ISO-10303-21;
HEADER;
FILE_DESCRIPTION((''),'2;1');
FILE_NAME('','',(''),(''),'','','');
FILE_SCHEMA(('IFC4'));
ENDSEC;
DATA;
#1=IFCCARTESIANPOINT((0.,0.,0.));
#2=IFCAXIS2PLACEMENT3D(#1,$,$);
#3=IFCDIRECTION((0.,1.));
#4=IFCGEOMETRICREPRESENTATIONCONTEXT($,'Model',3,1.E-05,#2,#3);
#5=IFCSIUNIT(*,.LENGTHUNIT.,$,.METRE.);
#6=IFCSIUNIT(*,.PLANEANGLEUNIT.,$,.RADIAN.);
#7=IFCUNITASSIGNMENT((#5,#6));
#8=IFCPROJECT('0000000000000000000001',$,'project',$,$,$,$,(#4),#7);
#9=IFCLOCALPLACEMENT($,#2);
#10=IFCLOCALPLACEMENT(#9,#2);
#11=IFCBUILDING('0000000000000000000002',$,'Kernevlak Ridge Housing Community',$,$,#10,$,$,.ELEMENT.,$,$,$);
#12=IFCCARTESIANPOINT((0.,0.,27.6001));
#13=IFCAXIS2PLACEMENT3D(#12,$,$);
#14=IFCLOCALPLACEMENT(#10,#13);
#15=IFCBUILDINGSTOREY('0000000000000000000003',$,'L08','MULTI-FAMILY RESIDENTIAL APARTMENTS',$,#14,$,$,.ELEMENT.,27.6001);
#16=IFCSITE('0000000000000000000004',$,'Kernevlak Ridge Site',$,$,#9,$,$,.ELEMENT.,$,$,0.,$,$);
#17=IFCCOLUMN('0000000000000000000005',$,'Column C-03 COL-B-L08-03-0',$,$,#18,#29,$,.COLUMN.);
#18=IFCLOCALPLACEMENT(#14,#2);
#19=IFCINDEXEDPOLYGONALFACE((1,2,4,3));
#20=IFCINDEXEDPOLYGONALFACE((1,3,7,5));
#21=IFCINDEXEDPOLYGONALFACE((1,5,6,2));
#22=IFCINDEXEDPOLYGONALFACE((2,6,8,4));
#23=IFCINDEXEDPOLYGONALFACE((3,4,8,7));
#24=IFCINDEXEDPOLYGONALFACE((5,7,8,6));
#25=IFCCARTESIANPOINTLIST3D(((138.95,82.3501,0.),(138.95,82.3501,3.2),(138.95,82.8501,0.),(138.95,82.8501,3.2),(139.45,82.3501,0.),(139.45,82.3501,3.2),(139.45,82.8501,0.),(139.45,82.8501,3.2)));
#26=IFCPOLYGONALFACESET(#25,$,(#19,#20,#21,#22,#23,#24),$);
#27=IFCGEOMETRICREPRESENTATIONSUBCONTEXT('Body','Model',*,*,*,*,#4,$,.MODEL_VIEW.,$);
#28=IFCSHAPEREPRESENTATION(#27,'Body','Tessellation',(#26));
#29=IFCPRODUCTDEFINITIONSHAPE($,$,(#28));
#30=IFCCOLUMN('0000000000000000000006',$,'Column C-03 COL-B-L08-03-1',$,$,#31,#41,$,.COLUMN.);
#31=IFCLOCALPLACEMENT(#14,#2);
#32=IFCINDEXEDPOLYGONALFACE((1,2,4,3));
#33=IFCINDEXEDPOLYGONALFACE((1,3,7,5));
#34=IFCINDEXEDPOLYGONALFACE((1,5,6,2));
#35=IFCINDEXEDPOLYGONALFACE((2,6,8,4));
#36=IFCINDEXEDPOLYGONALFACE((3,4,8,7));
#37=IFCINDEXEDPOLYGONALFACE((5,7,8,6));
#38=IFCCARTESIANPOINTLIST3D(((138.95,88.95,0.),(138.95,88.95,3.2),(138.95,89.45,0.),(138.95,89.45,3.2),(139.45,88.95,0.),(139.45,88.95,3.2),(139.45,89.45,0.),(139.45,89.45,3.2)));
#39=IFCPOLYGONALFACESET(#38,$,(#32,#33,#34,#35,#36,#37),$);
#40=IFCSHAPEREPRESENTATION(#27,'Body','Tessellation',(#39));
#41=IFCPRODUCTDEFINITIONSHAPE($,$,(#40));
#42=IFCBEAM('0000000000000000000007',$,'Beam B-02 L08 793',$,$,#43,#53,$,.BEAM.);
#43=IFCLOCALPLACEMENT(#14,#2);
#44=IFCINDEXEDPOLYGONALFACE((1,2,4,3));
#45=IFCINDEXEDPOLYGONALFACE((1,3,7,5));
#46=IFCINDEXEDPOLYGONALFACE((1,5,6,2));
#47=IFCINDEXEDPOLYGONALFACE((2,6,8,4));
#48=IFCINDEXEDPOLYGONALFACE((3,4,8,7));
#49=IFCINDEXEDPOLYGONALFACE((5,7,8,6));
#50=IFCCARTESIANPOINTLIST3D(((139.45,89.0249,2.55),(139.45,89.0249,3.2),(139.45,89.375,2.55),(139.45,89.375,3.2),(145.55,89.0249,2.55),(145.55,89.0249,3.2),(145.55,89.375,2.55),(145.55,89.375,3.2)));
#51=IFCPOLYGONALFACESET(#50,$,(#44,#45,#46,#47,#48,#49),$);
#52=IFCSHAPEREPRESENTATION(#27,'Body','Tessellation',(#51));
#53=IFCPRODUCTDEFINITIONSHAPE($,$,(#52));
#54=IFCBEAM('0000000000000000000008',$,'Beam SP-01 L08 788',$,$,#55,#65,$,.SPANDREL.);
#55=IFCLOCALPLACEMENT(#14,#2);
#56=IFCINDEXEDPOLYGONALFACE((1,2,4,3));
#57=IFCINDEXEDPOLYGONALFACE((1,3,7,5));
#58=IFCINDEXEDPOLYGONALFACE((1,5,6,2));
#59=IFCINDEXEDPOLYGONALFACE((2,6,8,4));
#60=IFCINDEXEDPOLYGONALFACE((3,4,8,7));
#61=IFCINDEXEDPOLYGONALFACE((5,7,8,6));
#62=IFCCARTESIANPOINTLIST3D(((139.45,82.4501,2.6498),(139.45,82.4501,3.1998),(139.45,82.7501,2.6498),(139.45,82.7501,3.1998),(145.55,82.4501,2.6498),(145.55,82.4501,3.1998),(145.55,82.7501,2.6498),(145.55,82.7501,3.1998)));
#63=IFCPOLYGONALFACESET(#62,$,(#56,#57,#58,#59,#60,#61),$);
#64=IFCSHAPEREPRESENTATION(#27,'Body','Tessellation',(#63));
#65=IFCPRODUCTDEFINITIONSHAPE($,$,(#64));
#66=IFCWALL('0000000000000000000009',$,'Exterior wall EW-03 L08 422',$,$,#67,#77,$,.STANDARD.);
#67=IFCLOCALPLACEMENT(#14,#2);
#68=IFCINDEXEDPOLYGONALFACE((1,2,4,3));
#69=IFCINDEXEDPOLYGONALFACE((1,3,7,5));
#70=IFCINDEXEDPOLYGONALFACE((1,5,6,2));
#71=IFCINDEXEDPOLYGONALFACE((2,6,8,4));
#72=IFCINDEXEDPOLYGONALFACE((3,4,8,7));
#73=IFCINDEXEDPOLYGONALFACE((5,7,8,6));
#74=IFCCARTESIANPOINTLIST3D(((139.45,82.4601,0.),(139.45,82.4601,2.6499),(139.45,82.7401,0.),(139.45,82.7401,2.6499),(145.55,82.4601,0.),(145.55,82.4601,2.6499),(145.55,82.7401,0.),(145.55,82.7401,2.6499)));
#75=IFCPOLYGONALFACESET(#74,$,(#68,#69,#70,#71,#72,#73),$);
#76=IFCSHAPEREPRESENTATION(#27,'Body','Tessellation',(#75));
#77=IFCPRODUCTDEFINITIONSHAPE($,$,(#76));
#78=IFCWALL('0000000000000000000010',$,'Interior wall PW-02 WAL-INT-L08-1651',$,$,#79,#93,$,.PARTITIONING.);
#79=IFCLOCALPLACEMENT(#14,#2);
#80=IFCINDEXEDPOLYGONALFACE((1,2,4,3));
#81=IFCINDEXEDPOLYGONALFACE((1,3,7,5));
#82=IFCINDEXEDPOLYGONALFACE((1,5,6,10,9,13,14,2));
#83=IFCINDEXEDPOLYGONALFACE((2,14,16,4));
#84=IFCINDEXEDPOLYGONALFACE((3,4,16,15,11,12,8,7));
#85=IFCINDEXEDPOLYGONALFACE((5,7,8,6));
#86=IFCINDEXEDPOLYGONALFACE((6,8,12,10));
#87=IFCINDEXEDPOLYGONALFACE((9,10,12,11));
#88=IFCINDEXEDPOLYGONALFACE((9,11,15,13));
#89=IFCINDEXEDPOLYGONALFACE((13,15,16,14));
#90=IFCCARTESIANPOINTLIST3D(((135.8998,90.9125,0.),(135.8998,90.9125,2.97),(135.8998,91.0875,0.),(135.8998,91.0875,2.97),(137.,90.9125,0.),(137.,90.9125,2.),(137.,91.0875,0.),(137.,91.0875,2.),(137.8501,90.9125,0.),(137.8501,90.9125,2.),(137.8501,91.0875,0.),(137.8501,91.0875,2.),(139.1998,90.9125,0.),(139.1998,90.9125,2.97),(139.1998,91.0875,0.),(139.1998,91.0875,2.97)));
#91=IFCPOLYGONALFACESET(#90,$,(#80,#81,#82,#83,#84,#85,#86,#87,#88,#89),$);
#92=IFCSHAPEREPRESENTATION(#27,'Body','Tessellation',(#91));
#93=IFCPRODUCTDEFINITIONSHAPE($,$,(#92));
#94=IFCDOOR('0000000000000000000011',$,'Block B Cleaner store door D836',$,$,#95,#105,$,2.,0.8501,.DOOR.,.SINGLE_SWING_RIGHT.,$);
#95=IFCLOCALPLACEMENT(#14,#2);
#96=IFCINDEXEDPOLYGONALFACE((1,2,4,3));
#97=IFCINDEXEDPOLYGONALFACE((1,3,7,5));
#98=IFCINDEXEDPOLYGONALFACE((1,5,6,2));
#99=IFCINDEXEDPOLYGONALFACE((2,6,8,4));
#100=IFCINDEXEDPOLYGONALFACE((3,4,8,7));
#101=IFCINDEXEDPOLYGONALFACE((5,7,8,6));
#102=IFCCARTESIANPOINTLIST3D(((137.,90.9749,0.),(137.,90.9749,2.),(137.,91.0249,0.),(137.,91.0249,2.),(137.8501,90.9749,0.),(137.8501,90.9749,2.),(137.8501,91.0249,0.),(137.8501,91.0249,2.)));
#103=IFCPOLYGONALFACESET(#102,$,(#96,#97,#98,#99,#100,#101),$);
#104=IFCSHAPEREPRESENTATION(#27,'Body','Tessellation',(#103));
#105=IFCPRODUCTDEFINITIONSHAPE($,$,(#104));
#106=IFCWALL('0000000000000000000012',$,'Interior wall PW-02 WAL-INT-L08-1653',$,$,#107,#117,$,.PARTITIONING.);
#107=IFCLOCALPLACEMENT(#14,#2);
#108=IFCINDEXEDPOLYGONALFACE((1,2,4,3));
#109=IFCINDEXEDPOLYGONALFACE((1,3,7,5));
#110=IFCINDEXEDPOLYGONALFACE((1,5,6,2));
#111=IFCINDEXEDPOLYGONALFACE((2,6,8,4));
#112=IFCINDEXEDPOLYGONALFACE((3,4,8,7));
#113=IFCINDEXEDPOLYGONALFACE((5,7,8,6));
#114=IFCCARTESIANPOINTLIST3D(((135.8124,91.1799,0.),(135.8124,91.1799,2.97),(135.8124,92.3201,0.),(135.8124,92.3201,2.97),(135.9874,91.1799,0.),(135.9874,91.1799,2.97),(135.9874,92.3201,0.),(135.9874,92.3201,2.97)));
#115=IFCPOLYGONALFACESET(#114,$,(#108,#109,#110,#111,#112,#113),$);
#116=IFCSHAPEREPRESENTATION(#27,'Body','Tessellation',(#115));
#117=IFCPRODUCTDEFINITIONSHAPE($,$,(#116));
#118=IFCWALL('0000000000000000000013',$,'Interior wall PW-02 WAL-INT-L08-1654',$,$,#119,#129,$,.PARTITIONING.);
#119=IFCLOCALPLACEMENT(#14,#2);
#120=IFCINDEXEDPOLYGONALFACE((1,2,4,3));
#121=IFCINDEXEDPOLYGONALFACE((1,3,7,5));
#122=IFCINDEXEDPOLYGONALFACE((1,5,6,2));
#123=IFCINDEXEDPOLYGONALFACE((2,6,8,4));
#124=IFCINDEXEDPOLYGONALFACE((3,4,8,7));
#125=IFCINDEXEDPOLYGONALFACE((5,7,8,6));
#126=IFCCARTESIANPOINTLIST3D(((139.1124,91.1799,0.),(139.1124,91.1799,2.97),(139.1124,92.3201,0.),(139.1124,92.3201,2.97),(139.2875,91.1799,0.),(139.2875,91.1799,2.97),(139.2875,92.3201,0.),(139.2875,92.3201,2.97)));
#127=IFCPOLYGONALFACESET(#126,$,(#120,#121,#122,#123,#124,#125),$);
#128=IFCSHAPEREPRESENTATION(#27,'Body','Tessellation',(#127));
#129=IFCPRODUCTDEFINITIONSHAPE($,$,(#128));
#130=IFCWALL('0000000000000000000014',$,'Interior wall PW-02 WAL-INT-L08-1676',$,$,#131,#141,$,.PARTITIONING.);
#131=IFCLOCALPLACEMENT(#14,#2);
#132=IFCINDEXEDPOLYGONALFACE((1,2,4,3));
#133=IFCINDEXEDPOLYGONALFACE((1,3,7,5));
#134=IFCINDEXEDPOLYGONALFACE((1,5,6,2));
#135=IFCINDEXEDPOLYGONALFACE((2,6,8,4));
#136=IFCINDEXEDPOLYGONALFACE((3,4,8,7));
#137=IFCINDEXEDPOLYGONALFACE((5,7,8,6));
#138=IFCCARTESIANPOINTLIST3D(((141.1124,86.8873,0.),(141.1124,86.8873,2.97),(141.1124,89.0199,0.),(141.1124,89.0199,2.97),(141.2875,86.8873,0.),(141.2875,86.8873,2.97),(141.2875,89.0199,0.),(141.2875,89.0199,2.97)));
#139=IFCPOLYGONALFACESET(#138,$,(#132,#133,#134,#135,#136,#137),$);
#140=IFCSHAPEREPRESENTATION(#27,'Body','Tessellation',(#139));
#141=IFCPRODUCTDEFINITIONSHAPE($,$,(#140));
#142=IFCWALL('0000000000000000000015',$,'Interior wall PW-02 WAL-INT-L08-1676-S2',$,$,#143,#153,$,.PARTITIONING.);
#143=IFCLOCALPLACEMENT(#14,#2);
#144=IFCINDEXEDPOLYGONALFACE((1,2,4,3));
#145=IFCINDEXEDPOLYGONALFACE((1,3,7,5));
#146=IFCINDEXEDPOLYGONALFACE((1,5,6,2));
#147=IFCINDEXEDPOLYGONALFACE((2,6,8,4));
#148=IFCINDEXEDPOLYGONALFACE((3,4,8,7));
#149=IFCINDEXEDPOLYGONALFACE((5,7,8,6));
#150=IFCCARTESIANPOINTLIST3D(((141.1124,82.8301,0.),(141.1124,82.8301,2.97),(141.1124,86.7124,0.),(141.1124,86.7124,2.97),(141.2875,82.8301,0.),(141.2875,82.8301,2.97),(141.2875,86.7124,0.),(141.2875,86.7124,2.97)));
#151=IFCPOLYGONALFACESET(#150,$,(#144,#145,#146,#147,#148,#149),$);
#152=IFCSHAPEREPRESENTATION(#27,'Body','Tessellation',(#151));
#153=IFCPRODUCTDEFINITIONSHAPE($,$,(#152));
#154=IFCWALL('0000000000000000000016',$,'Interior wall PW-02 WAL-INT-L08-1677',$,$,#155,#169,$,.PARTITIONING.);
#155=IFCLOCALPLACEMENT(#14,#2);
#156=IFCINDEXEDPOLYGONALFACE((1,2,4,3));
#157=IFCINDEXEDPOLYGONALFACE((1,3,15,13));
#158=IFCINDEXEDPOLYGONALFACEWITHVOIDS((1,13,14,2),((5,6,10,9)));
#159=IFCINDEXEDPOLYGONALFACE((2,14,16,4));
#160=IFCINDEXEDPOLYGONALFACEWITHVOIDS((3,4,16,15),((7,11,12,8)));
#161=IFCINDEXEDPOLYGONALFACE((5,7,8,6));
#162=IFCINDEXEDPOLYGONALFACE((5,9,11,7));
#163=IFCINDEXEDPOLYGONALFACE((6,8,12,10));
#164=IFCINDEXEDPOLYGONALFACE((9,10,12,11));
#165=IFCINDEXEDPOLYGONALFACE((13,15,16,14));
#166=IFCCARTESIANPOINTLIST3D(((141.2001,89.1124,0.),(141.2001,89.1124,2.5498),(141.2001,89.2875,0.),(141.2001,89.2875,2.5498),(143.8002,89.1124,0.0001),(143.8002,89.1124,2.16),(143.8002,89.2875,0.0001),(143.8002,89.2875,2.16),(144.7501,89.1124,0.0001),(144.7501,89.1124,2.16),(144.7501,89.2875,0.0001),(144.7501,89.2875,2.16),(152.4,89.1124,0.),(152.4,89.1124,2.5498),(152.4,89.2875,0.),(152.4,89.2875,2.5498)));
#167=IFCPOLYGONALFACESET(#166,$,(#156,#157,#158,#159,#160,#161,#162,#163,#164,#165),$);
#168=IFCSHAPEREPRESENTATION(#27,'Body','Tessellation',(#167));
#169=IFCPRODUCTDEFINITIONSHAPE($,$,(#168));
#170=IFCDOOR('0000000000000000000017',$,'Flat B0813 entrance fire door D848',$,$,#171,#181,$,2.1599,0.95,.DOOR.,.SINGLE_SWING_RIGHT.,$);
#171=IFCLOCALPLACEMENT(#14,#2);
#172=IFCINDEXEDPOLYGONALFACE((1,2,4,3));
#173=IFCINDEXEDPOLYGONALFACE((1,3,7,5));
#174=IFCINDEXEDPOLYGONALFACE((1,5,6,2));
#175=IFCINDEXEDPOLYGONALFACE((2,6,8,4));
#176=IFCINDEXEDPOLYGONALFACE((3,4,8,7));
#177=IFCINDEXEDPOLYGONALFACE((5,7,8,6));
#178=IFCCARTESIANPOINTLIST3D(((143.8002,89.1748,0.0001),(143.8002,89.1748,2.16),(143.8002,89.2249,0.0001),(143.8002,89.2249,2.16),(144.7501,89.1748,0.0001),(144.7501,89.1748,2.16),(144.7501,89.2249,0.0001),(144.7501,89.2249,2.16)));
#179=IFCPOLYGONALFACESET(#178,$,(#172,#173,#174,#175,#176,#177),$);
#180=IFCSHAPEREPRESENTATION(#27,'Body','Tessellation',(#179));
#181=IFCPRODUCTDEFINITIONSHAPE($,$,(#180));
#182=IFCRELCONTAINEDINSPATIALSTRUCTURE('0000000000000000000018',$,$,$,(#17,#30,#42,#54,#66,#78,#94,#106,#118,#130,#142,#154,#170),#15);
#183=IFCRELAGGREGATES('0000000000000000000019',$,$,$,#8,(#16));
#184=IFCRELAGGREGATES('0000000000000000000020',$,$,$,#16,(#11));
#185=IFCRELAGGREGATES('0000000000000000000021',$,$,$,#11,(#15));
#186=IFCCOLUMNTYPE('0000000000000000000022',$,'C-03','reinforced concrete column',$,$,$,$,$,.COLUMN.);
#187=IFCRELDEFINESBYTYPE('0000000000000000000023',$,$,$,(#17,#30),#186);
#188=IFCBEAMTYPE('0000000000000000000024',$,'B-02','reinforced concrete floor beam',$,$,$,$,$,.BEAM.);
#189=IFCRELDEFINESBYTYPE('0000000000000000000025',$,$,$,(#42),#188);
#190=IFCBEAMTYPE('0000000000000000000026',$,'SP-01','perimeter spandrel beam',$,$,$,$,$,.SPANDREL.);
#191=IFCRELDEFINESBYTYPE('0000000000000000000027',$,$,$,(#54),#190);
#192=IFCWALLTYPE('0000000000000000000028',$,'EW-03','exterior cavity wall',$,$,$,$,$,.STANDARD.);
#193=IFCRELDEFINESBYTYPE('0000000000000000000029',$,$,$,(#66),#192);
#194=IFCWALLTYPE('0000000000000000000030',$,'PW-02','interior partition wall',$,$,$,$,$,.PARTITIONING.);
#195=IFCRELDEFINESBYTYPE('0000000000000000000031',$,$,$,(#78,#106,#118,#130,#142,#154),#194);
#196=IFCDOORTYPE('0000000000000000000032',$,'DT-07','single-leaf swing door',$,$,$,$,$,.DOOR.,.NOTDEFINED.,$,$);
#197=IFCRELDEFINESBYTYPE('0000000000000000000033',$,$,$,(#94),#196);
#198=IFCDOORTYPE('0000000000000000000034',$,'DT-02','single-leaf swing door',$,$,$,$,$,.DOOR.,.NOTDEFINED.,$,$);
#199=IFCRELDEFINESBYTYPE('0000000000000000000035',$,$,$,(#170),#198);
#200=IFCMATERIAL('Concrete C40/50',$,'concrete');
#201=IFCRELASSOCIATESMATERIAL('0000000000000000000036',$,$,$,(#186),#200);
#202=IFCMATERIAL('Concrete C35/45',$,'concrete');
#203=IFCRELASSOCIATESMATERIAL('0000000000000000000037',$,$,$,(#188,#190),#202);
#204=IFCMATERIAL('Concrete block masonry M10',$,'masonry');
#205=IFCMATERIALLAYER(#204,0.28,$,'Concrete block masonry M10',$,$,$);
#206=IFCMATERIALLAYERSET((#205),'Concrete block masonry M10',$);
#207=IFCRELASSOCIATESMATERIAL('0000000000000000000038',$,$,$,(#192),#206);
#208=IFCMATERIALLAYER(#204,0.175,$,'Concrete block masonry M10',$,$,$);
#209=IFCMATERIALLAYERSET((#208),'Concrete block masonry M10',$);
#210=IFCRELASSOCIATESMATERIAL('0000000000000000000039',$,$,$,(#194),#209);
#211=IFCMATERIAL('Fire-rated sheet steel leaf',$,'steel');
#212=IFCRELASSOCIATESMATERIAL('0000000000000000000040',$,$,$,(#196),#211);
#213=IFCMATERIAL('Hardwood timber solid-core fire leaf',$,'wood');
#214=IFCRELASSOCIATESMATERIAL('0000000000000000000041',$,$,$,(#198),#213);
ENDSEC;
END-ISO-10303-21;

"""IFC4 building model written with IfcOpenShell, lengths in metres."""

from ifc_helpers import new_model, si_unit, direction, frame, frame_2d, origin, origin_2d, place, context, subcontext, project, spatial, rectangle, extrude, material, layer, layer_set, material_profile, profile_set, type_object, element, fill, save


model = new_model("IFC4")

# Units and contexts
model_context = context("Model", 3, precision=1e-05, world=origin(), true_north=direction((0.0, 1.0)))
body_context = subcontext(model_context, "Body", "Model", "MODEL_VIEW")
ifc_project = project(units=[si_unit("LENGTHUNIT", "METRE"), si_unit("PLANEANGLEUNIT", "RADIAN")], contexts=[model_context])

# Site, building, storey
site_placement = place(None, origin())
site = spatial("IfcSite", under=ifc_project, at=site_placement, Name="Kernevlak Ridge Site", CompositionType="ELEMENT", RefElevation=0.0)
building_placement = place(site_placement, origin())
building = spatial("IfcBuilding", under=site, at=building_placement, Name="Kernevlak Ridge Housing Community", CompositionType="ELEMENT")
storey_placement = place(building_placement, frame((0.0, 0.0, 27.6001)))
storey = spatial("IfcBuildingStorey", under=building, at=storey_placement, Name="L08", Description="MULTI-FAMILY RESIDENTIAL APARTMENTS", CompositionType="ELEMENT", Elevation=27.6001)

# Columns
ifc_material_1 = material(Name="Concrete C40/50", Category="concrete")
ifc_material_profile_1 = material_profile(ifc_material_1, rectangle(XDim=0.5, YDim=0.5, at=origin_2d()), Name="RC 500x500")
ifc_profile_set_1 = profile_set([ifc_material_profile_1], Name="Concrete C40/50")
column_type = type_object("IfcColumnType", Name="C-03", Description="reinforced concrete column", PredefinedType="COLUMN", material=ifc_profile_set_1)
for number, where, z_axis, x_axis, name in (
    (1, (139.2, 82.6001, 0.0), (0.0, 0.0, 1.0), (1.0, 0.0, 0.0), "Column C-03 COL-B-L08-03-0"),
    (2, (139.2, 89.2, 0.0), (0.0, 0.0, 1.0), (1.0, 0.0, 0.0), "Column C-03 COL-B-L08-03-1"),
):
    element("IfcColumn", number, at=place(storey_placement, frame(where, z_axis=z_axis, x_axis=x_axis)), inside=storey, type_object=column_type, Name=name, PredefinedType="COLUMN", context=body_context, shape_type="SweptSolid", body=[
        extrude(rectangle(XDim=0.5, YDim=0.5, at=origin_2d()), origin(), (0.0, 0.0, 1.0), 3.2),
    ])

# Beams
ifc_material_2 = material(Name="Concrete C35/45", Category="concrete")
ifc_material_profile_2 = material_profile(ifc_material_2, rectangle(XDim=0.3501, YDim=0.6499, at=origin_2d()), Name="RC 350x650")
ifc_profile_set_2 = profile_set([ifc_material_profile_2], Name="Concrete C35/45")
beam_type_1 = type_object("IfcBeamType", Name="B-02", Description="reinforced concrete floor beam", PredefinedType="BEAM", material=ifc_profile_set_2)
beam_1_placement = place(storey_placement, frame((139.45, 89.2, 2.875), z_axis=(1.0, 0.0, 0.0), x_axis=(0.0, 1.0, 0.0)))
element("IfcBeam", 3, at=beam_1_placement, inside=storey, type_object=beam_type_1, Name="Beam B-02 L08 793", PredefinedType="BEAM", context=body_context, shape_type="SweptSolid", body=[
    extrude(rectangle(XDim=0.3501, YDim=0.6499, at=origin_2d()), origin(), (0.0, 0.0, 1.0), 6.1001),
])
ifc_material_profile_3 = material_profile(ifc_material_2, rectangle(XDim=0.3, YDim=0.55, at=origin_2d()), Name="RC 300x550")
ifc_profile_set_3 = profile_set([ifc_material_profile_3], Name="Concrete C35/45")
beam_type_2 = type_object("IfcBeamType", Name="SP-01", Description="perimeter spandrel beam", PredefinedType="SPANDREL", material=ifc_profile_set_3)
beam_2_placement = place(storey_placement, frame((139.45, 82.6001, 2.9248), z_axis=(1.0, 0.0, 0.0), x_axis=(0.0, 1.0, 0.0)))
element("IfcBeam", 4, at=beam_2_placement, inside=storey, type_object=beam_type_2, Name="Beam SP-01 L08 788", PredefinedType="SPANDREL", context=body_context, shape_type="SweptSolid", body=[
    extrude(rectangle(XDim=0.3, YDim=0.55, at=origin_2d()), origin(), (0.0, 0.0, 1.0), 6.1001),
])

# Wall
ifc_material_3 = material(Name="Concrete block masonry M10", Category="masonry")
ifc_layer_1 = layer(ifc_material_3, 0.28, Name="Concrete block masonry M10")
ifc_layer_set_1 = layer_set([ifc_layer_1], Name="Concrete block masonry M10")
wall_type_1 = type_object("IfcWallType", Name="EW-03", Description="exterior cavity wall", PredefinedType="STANDARD", material=ifc_layer_set_1)
wall_1_placement = place(storey_placement, frame((139.45, 82.6001, 0.0), z_axis=(0.0, 0.0, 1.0), x_axis=(1.0, 0.0, 0.0)))
element("IfcWall", 5, at=wall_1_placement, inside=storey, type_object=wall_type_1, Name="Exterior wall EW-03 L08 422", PredefinedType="STANDARD", context=body_context, shape_type="SweptSolid", body=[
    extrude(rectangle(XDim=6.1001, YDim=0.28, at=frame_2d((3.05, 0.0))), origin(), (0.0, 0.0, 1.0), 2.6499),
])

# Wall, opening, door
ifc_layer_2 = layer(ifc_material_3, 0.175, Name="Concrete block masonry M10")
ifc_layer_set_2 = layer_set([ifc_layer_2], Name="Concrete block masonry M10")
wall_type_2 = type_object("IfcWallType", Name="PW-02", Description="interior partition wall", PredefinedType="PARTITIONING", material=ifc_layer_set_2)
wall_2_placement = place(storey_placement, frame((135.8999, 91.0, 0.0), z_axis=(0.0, 0.0, 1.0), x_axis=(1.0, 0.0, 0.0)))
wall_2 = element("IfcWall", 6, at=wall_2_placement, inside=storey, type_object=wall_type_2, Name="Interior wall PW-02 WAL-INT-L08-1651", PredefinedType="PARTITIONING", context=body_context, shape_type="SweptSolid", body=[
    extrude(rectangle(XDim=3.3, YDim=0.175, at=frame_2d((1.6499, 0.0))), origin(), (0.0, 0.0, 1.0), 2.97),
])
opening_1_placement = place(wall_2_placement, frame((1.1001, 0.0, 0.0)))
opening_1 = element("IfcOpeningElement", 7, at=opening_1_placement, cuts=wall_2, PredefinedType="OPENING", context=body_context, shape_type="SweptSolid", body=[
    extrude(rectangle(XDim=0.8501, YDim=2.0, at=frame_2d((0.425, 1.0))), frame((0.0, 0.0974, 0.0), z_axis=(0.0, -1.0, 0.0), x_axis=(1.0, 0.0, 0.0)), (0.0, 0.0, 1.0), 0.1951),
])
ifc_material_4 = material(Name="Fire-rated sheet steel leaf", Category="steel")
door_type_1 = type_object("IfcDoorType", Name="DT-07", Description="single-leaf swing door", OperationType="NOTDEFINED", PredefinedType="DOOR", material=ifc_material_4)
door_1_placement = place(opening_1_placement, origin())
door_1 = element("IfcDoor", 8, at=door_1_placement, inside=storey, type_object=door_type_1, Name="Block B Cleaner store door D836", OperationType="SINGLE_SWING_RIGHT", OverallHeight=2.0, OverallWidth=0.8501, PredefinedType="DOOR", context=body_context, shape_type="SweptSolid", body=[
    extrude(rectangle(XDim=0.8501, YDim=2.0, at=frame_2d((0.425, 1.0))), frame((0.0, 0.0249, 0.0), z_axis=(0.0, -1.0, 0.0), x_axis=(1.0, 0.0, 0.0)), (0.0, 0.0, 1.0), 0.05),
])
fill(opening_1, door_1)

# Walls
for number, where, z_axis, x_axis, name in (
    (9, (135.8999, 91.1799, 0.0), (0.0, 0.0, 1.0), (0.0, 1.0, 0.0), "Interior wall PW-02 WAL-INT-L08-1653"),
    (10, (139.2, 91.1799, 0.0), (0.0, 0.0, 1.0), (0.0, 1.0, 0.0), "Interior wall PW-02 WAL-INT-L08-1654"),
):
    element("IfcWall", number, at=place(storey_placement, frame(where, z_axis=z_axis, x_axis=x_axis)), inside=storey, type_object=wall_type_2, Name=name, PredefinedType="PARTITIONING", context=body_context, shape_type="SweptSolid", body=[
        extrude(rectangle(XDim=1.1401, YDim=0.175, at=frame_2d((0.5701, 0.0))), origin(), (0.0, 0.0, 1.0), 2.97),
    ])
wall_3_placement = place(storey_placement, frame((141.2, 89.02, 0.0), z_axis=(0.0, 0.0, 1.0), x_axis=(0.0, -1.0, 0.0)))
element("IfcWall", 11, at=wall_3_placement, inside=storey, type_object=wall_type_2, Name="Interior wall PW-02 WAL-INT-L08-1676", PredefinedType="PARTITIONING", context=body_context, shape_type="SweptSolid", body=[
    extrude(rectangle(XDim=2.1326, YDim=0.175, at=frame_2d((1.0664, 0.0))), origin(), (0.0, 0.0, 1.0), 2.97),
])
wall_4_placement = place(storey_placement, frame((141.2, 86.7124, 0.0), z_axis=(0.0, 0.0, 1.0), x_axis=(0.0, -1.0, 0.0)))
element("IfcWall", 12, at=wall_4_placement, inside=storey, type_object=wall_type_2, Name="Interior wall PW-02 WAL-INT-L08-1676-S2", PredefinedType="PARTITIONING", context=body_context, shape_type="SweptSolid", body=[
    extrude(rectangle(XDim=3.8823, YDim=0.175, at=frame_2d((1.9412, 0.0))), origin(), (0.0, 0.0, 1.0), 2.97),
])

# Wall, opening, door
wall_5_placement = place(storey_placement, frame((141.2, 89.2, 0.0), z_axis=(0.0, 0.0, 1.0), x_axis=(1.0, 0.0, 0.0)))
wall_5 = element("IfcWall", 13, at=wall_5_placement, inside=storey, type_object=wall_type_2, Name="Interior wall PW-02 WAL-INT-L08-1677", PredefinedType="PARTITIONING", context=body_context, shape_type="SweptSolid", body=[
    extrude(rectangle(XDim=11.2, YDim=0.175, at=frame_2d((5.6001, 0.0))), origin(), (0.0, 0.0, 1.0), 2.5498),
])
opening_2_placement = place(wall_5_placement, frame((2.6001, 0.0, 0.0)))
opening_2 = element("IfcOpeningElement", 14, at=opening_2_placement, cuts=wall_5, PredefinedType="OPENING", context=body_context, shape_type="SweptSolid", body=[
    extrude(rectangle(XDim=0.95, YDim=2.1599, at=frame_2d((0.4751, 1.0801))), frame((0.0, 0.0974, 0.0), z_axis=(0.0, -1.0, 0.0), x_axis=(1.0, 0.0, 0.0)), (0.0, 0.0, 1.0), 0.1951),
])
ifc_material_5 = material(Name="Hardwood timber solid-core fire leaf", Category="wood")
door_type_2 = type_object("IfcDoorType", Name="DT-02", Description="single-leaf swing door", OperationType="NOTDEFINED", PredefinedType="DOOR", material=ifc_material_5)
door_2_placement = place(opening_2_placement, origin())
door_2 = element("IfcDoor", 15, at=door_2_placement, inside=storey, type_object=door_type_2, Name="Flat B0813 entrance fire door D848", OperationType="SINGLE_SWING_RIGHT", OverallHeight=2.1599, OverallWidth=0.95, PredefinedType="DOOR", context=body_context, shape_type="SweptSolid", body=[
    extrude(rectangle(XDim=0.95, YDim=2.1599, at=frame_2d((0.4751, 1.0801))), frame((0.0, 0.0249, 0.0), z_axis=(0.0, -1.0, 0.0), x_axis=(1.0, 0.0, 0.0)), (0.0, 0.0, 1.0), 0.05),
])
fill(opening_2, door_2)

save(model, "model.ifc")
